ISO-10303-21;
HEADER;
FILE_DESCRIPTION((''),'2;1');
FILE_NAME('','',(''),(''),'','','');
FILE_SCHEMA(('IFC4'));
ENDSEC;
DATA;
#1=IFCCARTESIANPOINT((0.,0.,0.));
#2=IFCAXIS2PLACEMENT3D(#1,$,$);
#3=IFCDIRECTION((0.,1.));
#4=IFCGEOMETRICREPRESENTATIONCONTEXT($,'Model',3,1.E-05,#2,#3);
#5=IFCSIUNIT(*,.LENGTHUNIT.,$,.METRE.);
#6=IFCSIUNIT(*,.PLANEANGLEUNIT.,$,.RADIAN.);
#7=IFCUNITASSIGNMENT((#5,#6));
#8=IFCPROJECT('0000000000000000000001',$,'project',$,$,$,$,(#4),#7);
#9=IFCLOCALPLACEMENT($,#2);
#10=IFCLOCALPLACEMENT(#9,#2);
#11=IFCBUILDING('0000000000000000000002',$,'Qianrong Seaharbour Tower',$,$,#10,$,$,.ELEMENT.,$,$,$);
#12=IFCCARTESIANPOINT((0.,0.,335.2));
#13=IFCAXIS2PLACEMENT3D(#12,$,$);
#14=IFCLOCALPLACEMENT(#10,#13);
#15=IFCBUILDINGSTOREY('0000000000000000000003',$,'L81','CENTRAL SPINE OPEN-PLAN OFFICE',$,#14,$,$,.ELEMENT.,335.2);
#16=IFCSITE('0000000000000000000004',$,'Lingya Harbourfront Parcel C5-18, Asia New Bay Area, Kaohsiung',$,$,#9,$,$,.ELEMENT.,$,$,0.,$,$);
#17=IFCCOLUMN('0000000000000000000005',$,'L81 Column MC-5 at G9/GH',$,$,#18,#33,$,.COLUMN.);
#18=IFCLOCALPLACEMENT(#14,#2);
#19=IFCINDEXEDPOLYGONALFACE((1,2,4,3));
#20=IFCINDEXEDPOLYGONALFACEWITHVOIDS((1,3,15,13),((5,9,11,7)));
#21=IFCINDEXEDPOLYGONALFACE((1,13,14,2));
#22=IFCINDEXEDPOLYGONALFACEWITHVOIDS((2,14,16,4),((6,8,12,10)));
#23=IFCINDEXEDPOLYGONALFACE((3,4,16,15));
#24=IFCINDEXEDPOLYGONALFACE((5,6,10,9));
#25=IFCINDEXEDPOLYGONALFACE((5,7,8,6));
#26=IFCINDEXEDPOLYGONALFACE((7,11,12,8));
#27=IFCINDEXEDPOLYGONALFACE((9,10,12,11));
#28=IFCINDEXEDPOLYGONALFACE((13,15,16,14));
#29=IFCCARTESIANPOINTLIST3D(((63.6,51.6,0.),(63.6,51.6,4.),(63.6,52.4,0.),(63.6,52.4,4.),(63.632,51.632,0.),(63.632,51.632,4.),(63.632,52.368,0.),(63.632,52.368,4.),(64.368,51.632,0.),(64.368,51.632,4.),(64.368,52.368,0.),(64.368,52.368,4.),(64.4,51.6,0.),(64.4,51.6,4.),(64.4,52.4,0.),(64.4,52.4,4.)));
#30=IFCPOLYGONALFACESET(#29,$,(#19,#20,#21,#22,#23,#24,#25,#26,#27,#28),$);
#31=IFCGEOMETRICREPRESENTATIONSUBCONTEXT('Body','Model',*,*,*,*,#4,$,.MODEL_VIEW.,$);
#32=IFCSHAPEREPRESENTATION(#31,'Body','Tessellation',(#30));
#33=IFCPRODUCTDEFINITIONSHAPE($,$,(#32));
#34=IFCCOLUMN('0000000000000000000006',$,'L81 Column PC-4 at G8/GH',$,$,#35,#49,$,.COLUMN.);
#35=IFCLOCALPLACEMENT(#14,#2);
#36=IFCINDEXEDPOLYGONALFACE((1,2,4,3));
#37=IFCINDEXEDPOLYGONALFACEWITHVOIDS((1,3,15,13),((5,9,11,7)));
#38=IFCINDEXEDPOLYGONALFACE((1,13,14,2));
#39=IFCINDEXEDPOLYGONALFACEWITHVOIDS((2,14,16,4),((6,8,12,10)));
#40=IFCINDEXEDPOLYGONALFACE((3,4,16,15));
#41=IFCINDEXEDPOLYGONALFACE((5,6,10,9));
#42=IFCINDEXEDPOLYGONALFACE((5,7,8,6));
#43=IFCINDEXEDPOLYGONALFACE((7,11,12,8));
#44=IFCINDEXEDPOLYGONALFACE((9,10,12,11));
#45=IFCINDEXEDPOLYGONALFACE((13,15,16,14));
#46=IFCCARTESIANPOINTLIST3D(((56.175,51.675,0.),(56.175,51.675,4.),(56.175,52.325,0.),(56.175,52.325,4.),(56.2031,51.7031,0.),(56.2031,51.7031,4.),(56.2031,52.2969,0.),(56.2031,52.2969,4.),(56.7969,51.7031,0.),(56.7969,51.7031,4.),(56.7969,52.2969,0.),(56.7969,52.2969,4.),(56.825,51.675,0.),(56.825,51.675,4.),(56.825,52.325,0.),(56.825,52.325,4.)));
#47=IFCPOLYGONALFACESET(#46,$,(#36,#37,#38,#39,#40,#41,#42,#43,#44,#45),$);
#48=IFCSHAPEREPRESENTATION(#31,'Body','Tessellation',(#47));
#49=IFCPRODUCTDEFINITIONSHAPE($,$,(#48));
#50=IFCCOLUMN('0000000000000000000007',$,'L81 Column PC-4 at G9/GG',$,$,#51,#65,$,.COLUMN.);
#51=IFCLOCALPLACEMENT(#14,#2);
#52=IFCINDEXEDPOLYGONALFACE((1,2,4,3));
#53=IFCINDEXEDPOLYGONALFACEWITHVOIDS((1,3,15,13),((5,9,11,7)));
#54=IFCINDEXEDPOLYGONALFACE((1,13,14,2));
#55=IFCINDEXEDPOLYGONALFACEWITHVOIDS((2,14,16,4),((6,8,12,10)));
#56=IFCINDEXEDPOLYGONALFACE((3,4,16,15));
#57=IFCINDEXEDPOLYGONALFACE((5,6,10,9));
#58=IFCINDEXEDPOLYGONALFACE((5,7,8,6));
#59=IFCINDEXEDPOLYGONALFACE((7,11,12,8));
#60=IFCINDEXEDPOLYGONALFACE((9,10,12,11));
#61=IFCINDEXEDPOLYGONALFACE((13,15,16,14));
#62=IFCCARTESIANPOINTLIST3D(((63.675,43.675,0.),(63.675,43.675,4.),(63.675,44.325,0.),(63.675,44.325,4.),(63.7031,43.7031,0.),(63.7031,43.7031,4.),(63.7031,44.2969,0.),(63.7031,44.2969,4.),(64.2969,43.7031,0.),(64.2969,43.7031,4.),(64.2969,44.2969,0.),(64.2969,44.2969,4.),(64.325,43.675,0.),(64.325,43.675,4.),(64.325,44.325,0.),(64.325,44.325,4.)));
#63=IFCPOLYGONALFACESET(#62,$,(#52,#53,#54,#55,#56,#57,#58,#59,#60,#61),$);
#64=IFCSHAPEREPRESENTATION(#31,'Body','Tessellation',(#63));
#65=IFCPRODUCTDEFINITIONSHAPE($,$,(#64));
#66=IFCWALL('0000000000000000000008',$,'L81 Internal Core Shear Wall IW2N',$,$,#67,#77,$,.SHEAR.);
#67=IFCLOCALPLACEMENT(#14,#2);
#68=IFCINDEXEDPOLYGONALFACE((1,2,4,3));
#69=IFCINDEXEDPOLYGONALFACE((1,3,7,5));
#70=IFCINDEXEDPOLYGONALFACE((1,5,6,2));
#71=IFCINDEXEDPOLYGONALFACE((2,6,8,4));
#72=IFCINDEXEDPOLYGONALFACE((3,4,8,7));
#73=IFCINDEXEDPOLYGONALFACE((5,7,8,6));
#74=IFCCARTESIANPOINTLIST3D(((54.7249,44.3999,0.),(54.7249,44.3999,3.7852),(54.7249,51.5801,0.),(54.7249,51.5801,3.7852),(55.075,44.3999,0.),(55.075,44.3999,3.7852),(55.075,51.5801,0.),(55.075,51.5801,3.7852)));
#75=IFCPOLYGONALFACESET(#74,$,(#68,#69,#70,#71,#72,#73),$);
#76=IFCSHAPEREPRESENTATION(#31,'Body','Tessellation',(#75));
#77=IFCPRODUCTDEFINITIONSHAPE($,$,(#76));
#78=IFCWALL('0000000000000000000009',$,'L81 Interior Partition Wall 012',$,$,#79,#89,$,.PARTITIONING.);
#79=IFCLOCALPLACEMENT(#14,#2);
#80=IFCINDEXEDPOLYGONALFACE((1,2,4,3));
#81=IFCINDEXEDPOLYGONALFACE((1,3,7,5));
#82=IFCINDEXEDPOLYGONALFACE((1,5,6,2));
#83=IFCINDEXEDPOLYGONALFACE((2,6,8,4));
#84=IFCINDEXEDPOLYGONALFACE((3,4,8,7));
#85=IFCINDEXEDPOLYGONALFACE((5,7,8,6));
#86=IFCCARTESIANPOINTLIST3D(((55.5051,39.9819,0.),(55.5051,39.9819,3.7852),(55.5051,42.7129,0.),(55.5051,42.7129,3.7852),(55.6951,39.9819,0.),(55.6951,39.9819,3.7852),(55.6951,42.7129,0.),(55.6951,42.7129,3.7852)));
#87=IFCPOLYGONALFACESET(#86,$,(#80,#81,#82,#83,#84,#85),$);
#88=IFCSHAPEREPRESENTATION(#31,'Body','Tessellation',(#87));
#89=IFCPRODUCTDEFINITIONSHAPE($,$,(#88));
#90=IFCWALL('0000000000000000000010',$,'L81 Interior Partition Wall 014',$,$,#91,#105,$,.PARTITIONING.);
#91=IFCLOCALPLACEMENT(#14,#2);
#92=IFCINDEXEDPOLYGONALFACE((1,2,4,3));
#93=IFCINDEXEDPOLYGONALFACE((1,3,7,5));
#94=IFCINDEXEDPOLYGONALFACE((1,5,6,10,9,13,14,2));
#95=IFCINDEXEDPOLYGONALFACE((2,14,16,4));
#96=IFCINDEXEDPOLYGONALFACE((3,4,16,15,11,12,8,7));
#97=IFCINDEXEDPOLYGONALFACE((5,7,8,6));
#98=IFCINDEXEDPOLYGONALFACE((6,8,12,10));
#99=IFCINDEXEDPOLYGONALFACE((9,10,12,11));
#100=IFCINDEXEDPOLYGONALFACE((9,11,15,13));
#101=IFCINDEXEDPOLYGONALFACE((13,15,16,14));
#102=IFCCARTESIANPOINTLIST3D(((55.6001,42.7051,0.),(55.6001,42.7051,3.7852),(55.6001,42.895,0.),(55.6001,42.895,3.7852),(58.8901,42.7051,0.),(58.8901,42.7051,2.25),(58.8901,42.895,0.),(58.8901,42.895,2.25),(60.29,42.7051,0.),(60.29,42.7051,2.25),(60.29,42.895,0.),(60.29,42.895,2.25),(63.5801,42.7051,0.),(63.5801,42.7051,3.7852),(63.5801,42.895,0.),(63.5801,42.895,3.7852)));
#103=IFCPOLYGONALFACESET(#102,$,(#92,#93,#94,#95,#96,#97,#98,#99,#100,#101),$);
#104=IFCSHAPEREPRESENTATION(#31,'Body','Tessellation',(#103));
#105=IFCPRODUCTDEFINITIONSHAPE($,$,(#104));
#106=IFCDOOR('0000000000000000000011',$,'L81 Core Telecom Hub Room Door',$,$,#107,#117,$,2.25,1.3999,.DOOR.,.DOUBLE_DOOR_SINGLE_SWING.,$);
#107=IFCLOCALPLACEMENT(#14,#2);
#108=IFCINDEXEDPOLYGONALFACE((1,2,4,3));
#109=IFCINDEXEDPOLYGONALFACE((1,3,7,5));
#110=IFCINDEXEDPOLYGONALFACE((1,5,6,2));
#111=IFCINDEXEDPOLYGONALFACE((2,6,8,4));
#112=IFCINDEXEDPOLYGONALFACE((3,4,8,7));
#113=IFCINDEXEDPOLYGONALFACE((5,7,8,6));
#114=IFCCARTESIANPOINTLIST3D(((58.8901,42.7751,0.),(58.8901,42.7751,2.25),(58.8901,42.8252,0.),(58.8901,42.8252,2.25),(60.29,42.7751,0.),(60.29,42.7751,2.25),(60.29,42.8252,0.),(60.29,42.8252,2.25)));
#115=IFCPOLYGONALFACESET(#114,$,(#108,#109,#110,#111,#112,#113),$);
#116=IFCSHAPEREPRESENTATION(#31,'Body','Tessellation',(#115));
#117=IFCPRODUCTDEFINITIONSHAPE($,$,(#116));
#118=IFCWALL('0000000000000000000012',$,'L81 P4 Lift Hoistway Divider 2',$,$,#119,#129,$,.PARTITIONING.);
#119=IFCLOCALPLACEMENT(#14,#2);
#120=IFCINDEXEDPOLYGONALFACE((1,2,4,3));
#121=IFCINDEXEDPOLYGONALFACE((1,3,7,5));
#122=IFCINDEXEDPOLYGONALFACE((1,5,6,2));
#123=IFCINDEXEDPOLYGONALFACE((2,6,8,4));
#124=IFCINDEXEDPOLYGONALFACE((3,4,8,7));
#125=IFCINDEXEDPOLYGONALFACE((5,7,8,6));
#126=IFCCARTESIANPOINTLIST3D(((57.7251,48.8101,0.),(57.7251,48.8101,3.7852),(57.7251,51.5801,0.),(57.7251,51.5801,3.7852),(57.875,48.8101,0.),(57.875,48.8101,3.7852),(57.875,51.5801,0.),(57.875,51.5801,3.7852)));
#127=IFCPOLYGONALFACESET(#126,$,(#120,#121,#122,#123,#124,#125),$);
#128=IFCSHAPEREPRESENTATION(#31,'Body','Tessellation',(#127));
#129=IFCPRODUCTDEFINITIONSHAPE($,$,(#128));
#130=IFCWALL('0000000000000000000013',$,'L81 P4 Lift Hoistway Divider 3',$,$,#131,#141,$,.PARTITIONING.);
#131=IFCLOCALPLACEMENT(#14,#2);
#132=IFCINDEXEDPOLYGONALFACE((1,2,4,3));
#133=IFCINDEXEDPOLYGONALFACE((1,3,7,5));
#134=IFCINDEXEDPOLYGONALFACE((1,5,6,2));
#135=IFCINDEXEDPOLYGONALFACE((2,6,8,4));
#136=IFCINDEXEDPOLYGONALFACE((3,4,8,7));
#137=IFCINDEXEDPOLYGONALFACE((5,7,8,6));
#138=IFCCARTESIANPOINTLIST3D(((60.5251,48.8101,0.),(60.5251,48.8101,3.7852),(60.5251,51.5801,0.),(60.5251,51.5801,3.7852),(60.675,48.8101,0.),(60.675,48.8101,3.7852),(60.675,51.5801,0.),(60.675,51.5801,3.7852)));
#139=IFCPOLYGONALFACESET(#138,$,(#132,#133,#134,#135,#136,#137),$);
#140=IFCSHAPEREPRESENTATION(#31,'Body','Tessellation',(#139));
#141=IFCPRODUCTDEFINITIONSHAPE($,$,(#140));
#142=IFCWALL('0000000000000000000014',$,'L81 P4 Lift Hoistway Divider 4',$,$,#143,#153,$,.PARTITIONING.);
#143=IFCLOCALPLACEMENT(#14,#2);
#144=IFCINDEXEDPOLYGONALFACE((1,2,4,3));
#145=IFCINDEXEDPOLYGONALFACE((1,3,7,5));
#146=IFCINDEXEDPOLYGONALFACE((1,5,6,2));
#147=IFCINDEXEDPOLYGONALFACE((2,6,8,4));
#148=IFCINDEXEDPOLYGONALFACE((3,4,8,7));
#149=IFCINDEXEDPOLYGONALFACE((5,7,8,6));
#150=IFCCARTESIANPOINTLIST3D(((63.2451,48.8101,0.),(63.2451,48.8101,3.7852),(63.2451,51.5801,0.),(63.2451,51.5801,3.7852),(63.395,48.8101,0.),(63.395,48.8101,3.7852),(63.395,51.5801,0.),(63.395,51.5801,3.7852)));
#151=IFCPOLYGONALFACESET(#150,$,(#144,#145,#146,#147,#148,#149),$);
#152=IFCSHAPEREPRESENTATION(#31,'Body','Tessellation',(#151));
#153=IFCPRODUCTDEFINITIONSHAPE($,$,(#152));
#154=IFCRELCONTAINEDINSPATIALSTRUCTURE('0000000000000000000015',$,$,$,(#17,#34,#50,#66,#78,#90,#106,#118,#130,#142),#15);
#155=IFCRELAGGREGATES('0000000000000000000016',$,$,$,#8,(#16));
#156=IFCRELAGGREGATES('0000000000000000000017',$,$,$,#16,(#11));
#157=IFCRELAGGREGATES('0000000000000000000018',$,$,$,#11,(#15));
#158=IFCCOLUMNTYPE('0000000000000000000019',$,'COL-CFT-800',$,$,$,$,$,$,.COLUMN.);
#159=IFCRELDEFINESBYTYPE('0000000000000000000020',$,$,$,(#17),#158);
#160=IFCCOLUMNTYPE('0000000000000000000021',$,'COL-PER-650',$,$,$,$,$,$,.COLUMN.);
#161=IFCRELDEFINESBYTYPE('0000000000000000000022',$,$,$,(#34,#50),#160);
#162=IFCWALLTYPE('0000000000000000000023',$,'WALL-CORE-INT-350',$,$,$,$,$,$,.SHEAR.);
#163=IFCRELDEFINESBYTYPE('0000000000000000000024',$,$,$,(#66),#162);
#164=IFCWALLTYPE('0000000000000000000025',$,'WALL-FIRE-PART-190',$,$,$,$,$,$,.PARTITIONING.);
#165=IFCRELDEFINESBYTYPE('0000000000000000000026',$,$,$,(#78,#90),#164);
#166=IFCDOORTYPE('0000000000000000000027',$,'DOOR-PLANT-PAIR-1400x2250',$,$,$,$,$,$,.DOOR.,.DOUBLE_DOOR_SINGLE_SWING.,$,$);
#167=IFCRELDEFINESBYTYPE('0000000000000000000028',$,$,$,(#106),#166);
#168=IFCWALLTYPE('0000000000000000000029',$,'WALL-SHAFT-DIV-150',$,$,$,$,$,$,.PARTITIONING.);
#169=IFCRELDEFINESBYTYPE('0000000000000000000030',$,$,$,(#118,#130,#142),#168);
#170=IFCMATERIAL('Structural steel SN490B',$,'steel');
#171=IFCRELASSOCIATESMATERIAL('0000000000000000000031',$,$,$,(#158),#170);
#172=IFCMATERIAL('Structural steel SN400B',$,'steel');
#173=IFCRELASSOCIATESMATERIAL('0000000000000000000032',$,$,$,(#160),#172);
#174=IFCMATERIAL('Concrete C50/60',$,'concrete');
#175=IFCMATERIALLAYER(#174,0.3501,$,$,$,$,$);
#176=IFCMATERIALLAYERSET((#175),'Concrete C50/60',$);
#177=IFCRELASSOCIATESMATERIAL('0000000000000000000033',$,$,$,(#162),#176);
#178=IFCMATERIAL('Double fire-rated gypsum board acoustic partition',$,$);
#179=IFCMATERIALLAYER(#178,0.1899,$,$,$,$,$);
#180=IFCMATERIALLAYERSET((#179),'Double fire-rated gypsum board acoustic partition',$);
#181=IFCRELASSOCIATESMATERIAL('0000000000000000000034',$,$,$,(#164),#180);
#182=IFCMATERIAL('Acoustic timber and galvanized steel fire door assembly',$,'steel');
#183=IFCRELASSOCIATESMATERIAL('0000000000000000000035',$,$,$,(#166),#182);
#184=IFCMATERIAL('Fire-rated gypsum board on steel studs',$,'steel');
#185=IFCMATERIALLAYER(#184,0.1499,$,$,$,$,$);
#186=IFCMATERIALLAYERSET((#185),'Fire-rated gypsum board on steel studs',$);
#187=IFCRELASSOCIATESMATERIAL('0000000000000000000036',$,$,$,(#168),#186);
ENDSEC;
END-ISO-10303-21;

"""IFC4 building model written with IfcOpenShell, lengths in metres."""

from ifc_helpers import new_model, si_unit, direction, frame, frame_2d, origin, origin_2d, place, context, subcontext, project, spatial, rectangle, hollow_rectangle, extrude, material, layer, layer_set, material_profile, profile_set, type_object, element, fill, save


model = new_model("IFC4")

# Units and contexts
model_context = context("Model", 3, precision=1e-05, world=origin(), true_north=direction((0.0, 1.0)))
body_context = subcontext(model_context, "Body", "Model", "MODEL_VIEW")
ifc_project = project(units=[si_unit("LENGTHUNIT", "METRE"), si_unit("PLANEANGLEUNIT", "RADIAN")], contexts=[model_context])

# Site, building, storey
site_placement = place(None, origin())
site = spatial("IfcSite", under=ifc_project, at=site_placement, Name="Lingya Harbourfront Parcel C5-18, Asia New Bay Area, Kaohsiung", CompositionType="ELEMENT", RefElevation=0.0)
building_placement = place(site_placement, origin())
building = spatial("IfcBuilding", under=site, at=building_placement, Name="Qianrong Seaharbour Tower", CompositionType="ELEMENT")
storey_placement = place(building_placement, frame((0.0, 0.0, 335.2)))
storey = spatial("IfcBuildingStorey", under=building, at=storey_placement, Name="L81", Description="CENTRAL SPINE OPEN-PLAN OFFICE", CompositionType="ELEMENT", Elevation=335.2)

# Columns
ifc_material_1 = material(Name="Structural steel SN490B", Category="steel")
ifc_material_profile_1 = material_profile(ifc_material_1, hollow_rectangle(XDim=0.8, YDim=0.8, WallThickness=0.032, at=origin_2d()), Name="BOX800x800x32")
ifc_profile_set_1 = profile_set([ifc_material_profile_1], Name="Structural steel SN490B")
column_type_1 = type_object("IfcColumnType", Name="COL-CFT-800", PredefinedType="COLUMN", material=ifc_profile_set_1)
column_placement = place(storey_placement, frame((64.0, 52.0, 0.0), z_axis=(0.0, 0.0, 1.0), x_axis=(1.0, 0.0, 0.0)))
element("IfcColumn", 1, at=column_placement, inside=storey, type_object=column_type_1, Name="L81 Column MC-5 at G9/GH", PredefinedType="COLUMN", context=body_context, shape_type="SweptSolid", body=[
    extrude(hollow_rectangle(XDim=0.8, YDim=0.8, WallThickness=0.032, at=origin_2d()), origin(), (0.0, 0.0, 1.0), 4.0),
])
ifc_material_2 = material(Name="Structural steel SN400B", Category="steel")
ifc_material_profile_2 = material_profile(ifc_material_2, hollow_rectangle(XDim=0.6499, YDim=0.6499, WallThickness=0.0281, at=origin_2d()), Name="BOX650x650x28")
ifc_profile_set_2 = profile_set([ifc_material_profile_2], Name="Structural steel SN400B")
column_type_2 = type_object("IfcColumnType", Name="COL-PER-650", PredefinedType="COLUMN", material=ifc_profile_set_2)
for number, where, z_axis, x_axis, name in (
    (2, (56.5, 52.0, 0.0), (0.0, 0.0, 1.0), (1.0, 0.0, 0.0), "L81 Column PC-4 at G8/GH"),
    (3, (64.0, 44.0, 0.0), (0.0, 0.0, 1.0), (1.0, 0.0, 0.0), "L81 Column PC-4 at G9/GG"),
):
    element("IfcColumn", number, at=place(storey_placement, frame(where, z_axis=z_axis, x_axis=x_axis)), inside=storey, type_object=column_type_2, Name=name, PredefinedType="COLUMN", context=body_context, shape_type="SweptSolid", body=[
        extrude(hollow_rectangle(XDim=0.6499, YDim=0.6499, WallThickness=0.0281, at=origin_2d()), origin(), (0.0, 0.0, 1.0), 4.0),
    ])

# Walls
ifc_material_3 = material(Name="Concrete C50/60", Category="concrete")
ifc_layer_1 = layer(ifc_material_3, 0.3501)
ifc_layer_set_1 = layer_set([ifc_layer_1], Name="Concrete C50/60")
wall_type_1 = type_object("IfcWallType", Name="WALL-CORE-INT-350", PredefinedType="SHEAR", material=ifc_layer_set_1)
wall_1_placement = place(storey_placement, frame((54.8999, 44.3999, 0.0), z_axis=(0.0, 0.0, 1.0), x_axis=(0.0, 1.0, 0.0)))
element("IfcWall", 4, at=wall_1_placement, inside=storey, type_object=wall_type_1, Name="L81 Internal Core Shear Wall IW2N", PredefinedType="SHEAR", context=body_context, shape_type="SweptSolid", body=[
    extrude(rectangle(XDim=7.1802, YDim=0.3501, at=frame_2d((3.5901, 0.0))), origin(), (0.0, 0.0, 1.0), 3.7852),
])
ifc_material_4 = material(Name="Double fire-rated gypsum board acoustic partition")
ifc_layer_2 = layer(ifc_material_4, 0.1899)
ifc_layer_set_2 = layer_set([ifc_layer_2], Name="Double fire-rated gypsum board acoustic partition")
wall_type_2 = type_object("IfcWallType", Name="WALL-FIRE-PART-190", PredefinedType="PARTITIONING", material=ifc_layer_set_2)
wall_2_placement = place(storey_placement, frame((55.6001, 42.7129, 0.0), z_axis=(0.0, 0.0, 1.0), x_axis=(0.0, -1.0, 0.0)))
element("IfcWall", 5, at=wall_2_placement, inside=storey, type_object=wall_type_2, Name="L81 Interior Partition Wall 012", PredefinedType="PARTITIONING", context=body_context, shape_type="SweptSolid", body=[
    extrude(rectangle(XDim=2.731, YDim=0.1899, at=frame_2d((1.3655, 0.0))), origin(), (0.0, 0.0, 1.0), 3.7852),
])

# Wall, opening, door
wall_3_placement = place(storey_placement, frame((63.5801, 42.8, 0.0), z_axis=(0.0, 0.0, 1.0), x_axis=(-1.0, 0.0, 0.0)))
wall_3 = element("IfcWall", 6, at=wall_3_placement, inside=storey, type_object=wall_type_2, Name="L81 Interior Partition Wall 014", PredefinedType="PARTITIONING", context=body_context, shape_type="SweptSolid", body=[
    extrude(rectangle(XDim=7.98, YDim=0.1899, at=frame_2d((3.99, 0.0))), origin(), (0.0, 0.0, 1.0), 3.7852),
])
opening_1_placement = place(wall_3_placement, frame((3.29, 0.0, 0.0)))
opening_1 = element("IfcOpeningElement", 7, at=opening_1_placement, cuts=wall_3, PredefinedType="OPENING", context=body_context, shape_type="SweptSolid", body=[
    extrude(rectangle(XDim=1.3999, YDim=2.25, at=frame_2d((0.7, 1.125))), frame((0.0, 0.105, 0.0), z_axis=(0.0, -1.0, 0.0), x_axis=(1.0, 0.0, 0.0)), (0.0, 0.0, 1.0), 0.21),
])
ifc_material_5 = material(Name="Acoustic timber and galvanized steel fire door assembly", Category="steel")
door_type_1 = type_object("IfcDoorType", Name="DOOR-PLANT-PAIR-1400x2250", OperationType="DOUBLE_DOOR_SINGLE_SWING", PredefinedType="DOOR", material=ifc_material_5)
door_1_placement = place(opening_1_placement, origin())
door_1 = element("IfcDoor", 8, at=door_1_placement, inside=storey, type_object=door_type_1, Name="L81 Core Telecom Hub Room Door", OperationType="DOUBLE_DOOR_SINGLE_SWING", OverallHeight=2.25, OverallWidth=1.3999, PredefinedType="DOOR", context=body_context, shape_type="SweptSolid", body=[
    extrude(rectangle(XDim=1.3999, YDim=2.25, at=frame_2d((0.7, 1.125))), frame((0.0, 0.0249, 0.0), z_axis=(0.0, -1.0, 0.0), x_axis=(1.0, 0.0, 0.0)), (0.0, 0.0, 1.0), 0.05),
])
fill(opening_1, door_1)

# Walls
ifc_material_6 = material(Name="Fire-rated gypsum board on steel studs", Category="steel")
ifc_layer_3 = layer(ifc_material_6, 0.1499)
ifc_layer_set_3 = layer_set([ifc_layer_3], Name="Fire-rated gypsum board on steel studs")
wall_type_3 = type_object("IfcWallType", Name="WALL-SHAFT-DIV-150", PredefinedType="PARTITIONING", material=ifc_layer_set_3)
for number, where, z_axis, x_axis, name in (
    (9, (57.8, 48.8101, 0.0), (0.0, 0.0, 1.0), (0.0, 1.0, 0.0), "L81 P4 Lift Hoistway Divider 2"),
    (10, (60.6001, 48.8101, 0.0), (0.0, 0.0, 1.0), (0.0, 1.0, 0.0), "L81 P4 Lift Hoistway Divider 3"),
    (11, (63.3201, 48.8101, 0.0), (0.0, 0.0, 1.0), (0.0, 1.0, 0.0), "L81 P4 Lift Hoistway Divider 4"),
):
    element("IfcWall", number, at=place(storey_placement, frame(where, z_axis=z_axis, x_axis=x_axis)), inside=storey, type_object=wall_type_3, Name=name, PredefinedType="PARTITIONING", context=body_context, shape_type="SweptSolid", body=[
        extrude(rectangle(XDim=2.77, YDim=0.1499, at=frame_2d((1.385, 0.0))), origin(), (0.0, 0.0, 1.0), 3.7852),
    ])

save(model, "model.ifc")
